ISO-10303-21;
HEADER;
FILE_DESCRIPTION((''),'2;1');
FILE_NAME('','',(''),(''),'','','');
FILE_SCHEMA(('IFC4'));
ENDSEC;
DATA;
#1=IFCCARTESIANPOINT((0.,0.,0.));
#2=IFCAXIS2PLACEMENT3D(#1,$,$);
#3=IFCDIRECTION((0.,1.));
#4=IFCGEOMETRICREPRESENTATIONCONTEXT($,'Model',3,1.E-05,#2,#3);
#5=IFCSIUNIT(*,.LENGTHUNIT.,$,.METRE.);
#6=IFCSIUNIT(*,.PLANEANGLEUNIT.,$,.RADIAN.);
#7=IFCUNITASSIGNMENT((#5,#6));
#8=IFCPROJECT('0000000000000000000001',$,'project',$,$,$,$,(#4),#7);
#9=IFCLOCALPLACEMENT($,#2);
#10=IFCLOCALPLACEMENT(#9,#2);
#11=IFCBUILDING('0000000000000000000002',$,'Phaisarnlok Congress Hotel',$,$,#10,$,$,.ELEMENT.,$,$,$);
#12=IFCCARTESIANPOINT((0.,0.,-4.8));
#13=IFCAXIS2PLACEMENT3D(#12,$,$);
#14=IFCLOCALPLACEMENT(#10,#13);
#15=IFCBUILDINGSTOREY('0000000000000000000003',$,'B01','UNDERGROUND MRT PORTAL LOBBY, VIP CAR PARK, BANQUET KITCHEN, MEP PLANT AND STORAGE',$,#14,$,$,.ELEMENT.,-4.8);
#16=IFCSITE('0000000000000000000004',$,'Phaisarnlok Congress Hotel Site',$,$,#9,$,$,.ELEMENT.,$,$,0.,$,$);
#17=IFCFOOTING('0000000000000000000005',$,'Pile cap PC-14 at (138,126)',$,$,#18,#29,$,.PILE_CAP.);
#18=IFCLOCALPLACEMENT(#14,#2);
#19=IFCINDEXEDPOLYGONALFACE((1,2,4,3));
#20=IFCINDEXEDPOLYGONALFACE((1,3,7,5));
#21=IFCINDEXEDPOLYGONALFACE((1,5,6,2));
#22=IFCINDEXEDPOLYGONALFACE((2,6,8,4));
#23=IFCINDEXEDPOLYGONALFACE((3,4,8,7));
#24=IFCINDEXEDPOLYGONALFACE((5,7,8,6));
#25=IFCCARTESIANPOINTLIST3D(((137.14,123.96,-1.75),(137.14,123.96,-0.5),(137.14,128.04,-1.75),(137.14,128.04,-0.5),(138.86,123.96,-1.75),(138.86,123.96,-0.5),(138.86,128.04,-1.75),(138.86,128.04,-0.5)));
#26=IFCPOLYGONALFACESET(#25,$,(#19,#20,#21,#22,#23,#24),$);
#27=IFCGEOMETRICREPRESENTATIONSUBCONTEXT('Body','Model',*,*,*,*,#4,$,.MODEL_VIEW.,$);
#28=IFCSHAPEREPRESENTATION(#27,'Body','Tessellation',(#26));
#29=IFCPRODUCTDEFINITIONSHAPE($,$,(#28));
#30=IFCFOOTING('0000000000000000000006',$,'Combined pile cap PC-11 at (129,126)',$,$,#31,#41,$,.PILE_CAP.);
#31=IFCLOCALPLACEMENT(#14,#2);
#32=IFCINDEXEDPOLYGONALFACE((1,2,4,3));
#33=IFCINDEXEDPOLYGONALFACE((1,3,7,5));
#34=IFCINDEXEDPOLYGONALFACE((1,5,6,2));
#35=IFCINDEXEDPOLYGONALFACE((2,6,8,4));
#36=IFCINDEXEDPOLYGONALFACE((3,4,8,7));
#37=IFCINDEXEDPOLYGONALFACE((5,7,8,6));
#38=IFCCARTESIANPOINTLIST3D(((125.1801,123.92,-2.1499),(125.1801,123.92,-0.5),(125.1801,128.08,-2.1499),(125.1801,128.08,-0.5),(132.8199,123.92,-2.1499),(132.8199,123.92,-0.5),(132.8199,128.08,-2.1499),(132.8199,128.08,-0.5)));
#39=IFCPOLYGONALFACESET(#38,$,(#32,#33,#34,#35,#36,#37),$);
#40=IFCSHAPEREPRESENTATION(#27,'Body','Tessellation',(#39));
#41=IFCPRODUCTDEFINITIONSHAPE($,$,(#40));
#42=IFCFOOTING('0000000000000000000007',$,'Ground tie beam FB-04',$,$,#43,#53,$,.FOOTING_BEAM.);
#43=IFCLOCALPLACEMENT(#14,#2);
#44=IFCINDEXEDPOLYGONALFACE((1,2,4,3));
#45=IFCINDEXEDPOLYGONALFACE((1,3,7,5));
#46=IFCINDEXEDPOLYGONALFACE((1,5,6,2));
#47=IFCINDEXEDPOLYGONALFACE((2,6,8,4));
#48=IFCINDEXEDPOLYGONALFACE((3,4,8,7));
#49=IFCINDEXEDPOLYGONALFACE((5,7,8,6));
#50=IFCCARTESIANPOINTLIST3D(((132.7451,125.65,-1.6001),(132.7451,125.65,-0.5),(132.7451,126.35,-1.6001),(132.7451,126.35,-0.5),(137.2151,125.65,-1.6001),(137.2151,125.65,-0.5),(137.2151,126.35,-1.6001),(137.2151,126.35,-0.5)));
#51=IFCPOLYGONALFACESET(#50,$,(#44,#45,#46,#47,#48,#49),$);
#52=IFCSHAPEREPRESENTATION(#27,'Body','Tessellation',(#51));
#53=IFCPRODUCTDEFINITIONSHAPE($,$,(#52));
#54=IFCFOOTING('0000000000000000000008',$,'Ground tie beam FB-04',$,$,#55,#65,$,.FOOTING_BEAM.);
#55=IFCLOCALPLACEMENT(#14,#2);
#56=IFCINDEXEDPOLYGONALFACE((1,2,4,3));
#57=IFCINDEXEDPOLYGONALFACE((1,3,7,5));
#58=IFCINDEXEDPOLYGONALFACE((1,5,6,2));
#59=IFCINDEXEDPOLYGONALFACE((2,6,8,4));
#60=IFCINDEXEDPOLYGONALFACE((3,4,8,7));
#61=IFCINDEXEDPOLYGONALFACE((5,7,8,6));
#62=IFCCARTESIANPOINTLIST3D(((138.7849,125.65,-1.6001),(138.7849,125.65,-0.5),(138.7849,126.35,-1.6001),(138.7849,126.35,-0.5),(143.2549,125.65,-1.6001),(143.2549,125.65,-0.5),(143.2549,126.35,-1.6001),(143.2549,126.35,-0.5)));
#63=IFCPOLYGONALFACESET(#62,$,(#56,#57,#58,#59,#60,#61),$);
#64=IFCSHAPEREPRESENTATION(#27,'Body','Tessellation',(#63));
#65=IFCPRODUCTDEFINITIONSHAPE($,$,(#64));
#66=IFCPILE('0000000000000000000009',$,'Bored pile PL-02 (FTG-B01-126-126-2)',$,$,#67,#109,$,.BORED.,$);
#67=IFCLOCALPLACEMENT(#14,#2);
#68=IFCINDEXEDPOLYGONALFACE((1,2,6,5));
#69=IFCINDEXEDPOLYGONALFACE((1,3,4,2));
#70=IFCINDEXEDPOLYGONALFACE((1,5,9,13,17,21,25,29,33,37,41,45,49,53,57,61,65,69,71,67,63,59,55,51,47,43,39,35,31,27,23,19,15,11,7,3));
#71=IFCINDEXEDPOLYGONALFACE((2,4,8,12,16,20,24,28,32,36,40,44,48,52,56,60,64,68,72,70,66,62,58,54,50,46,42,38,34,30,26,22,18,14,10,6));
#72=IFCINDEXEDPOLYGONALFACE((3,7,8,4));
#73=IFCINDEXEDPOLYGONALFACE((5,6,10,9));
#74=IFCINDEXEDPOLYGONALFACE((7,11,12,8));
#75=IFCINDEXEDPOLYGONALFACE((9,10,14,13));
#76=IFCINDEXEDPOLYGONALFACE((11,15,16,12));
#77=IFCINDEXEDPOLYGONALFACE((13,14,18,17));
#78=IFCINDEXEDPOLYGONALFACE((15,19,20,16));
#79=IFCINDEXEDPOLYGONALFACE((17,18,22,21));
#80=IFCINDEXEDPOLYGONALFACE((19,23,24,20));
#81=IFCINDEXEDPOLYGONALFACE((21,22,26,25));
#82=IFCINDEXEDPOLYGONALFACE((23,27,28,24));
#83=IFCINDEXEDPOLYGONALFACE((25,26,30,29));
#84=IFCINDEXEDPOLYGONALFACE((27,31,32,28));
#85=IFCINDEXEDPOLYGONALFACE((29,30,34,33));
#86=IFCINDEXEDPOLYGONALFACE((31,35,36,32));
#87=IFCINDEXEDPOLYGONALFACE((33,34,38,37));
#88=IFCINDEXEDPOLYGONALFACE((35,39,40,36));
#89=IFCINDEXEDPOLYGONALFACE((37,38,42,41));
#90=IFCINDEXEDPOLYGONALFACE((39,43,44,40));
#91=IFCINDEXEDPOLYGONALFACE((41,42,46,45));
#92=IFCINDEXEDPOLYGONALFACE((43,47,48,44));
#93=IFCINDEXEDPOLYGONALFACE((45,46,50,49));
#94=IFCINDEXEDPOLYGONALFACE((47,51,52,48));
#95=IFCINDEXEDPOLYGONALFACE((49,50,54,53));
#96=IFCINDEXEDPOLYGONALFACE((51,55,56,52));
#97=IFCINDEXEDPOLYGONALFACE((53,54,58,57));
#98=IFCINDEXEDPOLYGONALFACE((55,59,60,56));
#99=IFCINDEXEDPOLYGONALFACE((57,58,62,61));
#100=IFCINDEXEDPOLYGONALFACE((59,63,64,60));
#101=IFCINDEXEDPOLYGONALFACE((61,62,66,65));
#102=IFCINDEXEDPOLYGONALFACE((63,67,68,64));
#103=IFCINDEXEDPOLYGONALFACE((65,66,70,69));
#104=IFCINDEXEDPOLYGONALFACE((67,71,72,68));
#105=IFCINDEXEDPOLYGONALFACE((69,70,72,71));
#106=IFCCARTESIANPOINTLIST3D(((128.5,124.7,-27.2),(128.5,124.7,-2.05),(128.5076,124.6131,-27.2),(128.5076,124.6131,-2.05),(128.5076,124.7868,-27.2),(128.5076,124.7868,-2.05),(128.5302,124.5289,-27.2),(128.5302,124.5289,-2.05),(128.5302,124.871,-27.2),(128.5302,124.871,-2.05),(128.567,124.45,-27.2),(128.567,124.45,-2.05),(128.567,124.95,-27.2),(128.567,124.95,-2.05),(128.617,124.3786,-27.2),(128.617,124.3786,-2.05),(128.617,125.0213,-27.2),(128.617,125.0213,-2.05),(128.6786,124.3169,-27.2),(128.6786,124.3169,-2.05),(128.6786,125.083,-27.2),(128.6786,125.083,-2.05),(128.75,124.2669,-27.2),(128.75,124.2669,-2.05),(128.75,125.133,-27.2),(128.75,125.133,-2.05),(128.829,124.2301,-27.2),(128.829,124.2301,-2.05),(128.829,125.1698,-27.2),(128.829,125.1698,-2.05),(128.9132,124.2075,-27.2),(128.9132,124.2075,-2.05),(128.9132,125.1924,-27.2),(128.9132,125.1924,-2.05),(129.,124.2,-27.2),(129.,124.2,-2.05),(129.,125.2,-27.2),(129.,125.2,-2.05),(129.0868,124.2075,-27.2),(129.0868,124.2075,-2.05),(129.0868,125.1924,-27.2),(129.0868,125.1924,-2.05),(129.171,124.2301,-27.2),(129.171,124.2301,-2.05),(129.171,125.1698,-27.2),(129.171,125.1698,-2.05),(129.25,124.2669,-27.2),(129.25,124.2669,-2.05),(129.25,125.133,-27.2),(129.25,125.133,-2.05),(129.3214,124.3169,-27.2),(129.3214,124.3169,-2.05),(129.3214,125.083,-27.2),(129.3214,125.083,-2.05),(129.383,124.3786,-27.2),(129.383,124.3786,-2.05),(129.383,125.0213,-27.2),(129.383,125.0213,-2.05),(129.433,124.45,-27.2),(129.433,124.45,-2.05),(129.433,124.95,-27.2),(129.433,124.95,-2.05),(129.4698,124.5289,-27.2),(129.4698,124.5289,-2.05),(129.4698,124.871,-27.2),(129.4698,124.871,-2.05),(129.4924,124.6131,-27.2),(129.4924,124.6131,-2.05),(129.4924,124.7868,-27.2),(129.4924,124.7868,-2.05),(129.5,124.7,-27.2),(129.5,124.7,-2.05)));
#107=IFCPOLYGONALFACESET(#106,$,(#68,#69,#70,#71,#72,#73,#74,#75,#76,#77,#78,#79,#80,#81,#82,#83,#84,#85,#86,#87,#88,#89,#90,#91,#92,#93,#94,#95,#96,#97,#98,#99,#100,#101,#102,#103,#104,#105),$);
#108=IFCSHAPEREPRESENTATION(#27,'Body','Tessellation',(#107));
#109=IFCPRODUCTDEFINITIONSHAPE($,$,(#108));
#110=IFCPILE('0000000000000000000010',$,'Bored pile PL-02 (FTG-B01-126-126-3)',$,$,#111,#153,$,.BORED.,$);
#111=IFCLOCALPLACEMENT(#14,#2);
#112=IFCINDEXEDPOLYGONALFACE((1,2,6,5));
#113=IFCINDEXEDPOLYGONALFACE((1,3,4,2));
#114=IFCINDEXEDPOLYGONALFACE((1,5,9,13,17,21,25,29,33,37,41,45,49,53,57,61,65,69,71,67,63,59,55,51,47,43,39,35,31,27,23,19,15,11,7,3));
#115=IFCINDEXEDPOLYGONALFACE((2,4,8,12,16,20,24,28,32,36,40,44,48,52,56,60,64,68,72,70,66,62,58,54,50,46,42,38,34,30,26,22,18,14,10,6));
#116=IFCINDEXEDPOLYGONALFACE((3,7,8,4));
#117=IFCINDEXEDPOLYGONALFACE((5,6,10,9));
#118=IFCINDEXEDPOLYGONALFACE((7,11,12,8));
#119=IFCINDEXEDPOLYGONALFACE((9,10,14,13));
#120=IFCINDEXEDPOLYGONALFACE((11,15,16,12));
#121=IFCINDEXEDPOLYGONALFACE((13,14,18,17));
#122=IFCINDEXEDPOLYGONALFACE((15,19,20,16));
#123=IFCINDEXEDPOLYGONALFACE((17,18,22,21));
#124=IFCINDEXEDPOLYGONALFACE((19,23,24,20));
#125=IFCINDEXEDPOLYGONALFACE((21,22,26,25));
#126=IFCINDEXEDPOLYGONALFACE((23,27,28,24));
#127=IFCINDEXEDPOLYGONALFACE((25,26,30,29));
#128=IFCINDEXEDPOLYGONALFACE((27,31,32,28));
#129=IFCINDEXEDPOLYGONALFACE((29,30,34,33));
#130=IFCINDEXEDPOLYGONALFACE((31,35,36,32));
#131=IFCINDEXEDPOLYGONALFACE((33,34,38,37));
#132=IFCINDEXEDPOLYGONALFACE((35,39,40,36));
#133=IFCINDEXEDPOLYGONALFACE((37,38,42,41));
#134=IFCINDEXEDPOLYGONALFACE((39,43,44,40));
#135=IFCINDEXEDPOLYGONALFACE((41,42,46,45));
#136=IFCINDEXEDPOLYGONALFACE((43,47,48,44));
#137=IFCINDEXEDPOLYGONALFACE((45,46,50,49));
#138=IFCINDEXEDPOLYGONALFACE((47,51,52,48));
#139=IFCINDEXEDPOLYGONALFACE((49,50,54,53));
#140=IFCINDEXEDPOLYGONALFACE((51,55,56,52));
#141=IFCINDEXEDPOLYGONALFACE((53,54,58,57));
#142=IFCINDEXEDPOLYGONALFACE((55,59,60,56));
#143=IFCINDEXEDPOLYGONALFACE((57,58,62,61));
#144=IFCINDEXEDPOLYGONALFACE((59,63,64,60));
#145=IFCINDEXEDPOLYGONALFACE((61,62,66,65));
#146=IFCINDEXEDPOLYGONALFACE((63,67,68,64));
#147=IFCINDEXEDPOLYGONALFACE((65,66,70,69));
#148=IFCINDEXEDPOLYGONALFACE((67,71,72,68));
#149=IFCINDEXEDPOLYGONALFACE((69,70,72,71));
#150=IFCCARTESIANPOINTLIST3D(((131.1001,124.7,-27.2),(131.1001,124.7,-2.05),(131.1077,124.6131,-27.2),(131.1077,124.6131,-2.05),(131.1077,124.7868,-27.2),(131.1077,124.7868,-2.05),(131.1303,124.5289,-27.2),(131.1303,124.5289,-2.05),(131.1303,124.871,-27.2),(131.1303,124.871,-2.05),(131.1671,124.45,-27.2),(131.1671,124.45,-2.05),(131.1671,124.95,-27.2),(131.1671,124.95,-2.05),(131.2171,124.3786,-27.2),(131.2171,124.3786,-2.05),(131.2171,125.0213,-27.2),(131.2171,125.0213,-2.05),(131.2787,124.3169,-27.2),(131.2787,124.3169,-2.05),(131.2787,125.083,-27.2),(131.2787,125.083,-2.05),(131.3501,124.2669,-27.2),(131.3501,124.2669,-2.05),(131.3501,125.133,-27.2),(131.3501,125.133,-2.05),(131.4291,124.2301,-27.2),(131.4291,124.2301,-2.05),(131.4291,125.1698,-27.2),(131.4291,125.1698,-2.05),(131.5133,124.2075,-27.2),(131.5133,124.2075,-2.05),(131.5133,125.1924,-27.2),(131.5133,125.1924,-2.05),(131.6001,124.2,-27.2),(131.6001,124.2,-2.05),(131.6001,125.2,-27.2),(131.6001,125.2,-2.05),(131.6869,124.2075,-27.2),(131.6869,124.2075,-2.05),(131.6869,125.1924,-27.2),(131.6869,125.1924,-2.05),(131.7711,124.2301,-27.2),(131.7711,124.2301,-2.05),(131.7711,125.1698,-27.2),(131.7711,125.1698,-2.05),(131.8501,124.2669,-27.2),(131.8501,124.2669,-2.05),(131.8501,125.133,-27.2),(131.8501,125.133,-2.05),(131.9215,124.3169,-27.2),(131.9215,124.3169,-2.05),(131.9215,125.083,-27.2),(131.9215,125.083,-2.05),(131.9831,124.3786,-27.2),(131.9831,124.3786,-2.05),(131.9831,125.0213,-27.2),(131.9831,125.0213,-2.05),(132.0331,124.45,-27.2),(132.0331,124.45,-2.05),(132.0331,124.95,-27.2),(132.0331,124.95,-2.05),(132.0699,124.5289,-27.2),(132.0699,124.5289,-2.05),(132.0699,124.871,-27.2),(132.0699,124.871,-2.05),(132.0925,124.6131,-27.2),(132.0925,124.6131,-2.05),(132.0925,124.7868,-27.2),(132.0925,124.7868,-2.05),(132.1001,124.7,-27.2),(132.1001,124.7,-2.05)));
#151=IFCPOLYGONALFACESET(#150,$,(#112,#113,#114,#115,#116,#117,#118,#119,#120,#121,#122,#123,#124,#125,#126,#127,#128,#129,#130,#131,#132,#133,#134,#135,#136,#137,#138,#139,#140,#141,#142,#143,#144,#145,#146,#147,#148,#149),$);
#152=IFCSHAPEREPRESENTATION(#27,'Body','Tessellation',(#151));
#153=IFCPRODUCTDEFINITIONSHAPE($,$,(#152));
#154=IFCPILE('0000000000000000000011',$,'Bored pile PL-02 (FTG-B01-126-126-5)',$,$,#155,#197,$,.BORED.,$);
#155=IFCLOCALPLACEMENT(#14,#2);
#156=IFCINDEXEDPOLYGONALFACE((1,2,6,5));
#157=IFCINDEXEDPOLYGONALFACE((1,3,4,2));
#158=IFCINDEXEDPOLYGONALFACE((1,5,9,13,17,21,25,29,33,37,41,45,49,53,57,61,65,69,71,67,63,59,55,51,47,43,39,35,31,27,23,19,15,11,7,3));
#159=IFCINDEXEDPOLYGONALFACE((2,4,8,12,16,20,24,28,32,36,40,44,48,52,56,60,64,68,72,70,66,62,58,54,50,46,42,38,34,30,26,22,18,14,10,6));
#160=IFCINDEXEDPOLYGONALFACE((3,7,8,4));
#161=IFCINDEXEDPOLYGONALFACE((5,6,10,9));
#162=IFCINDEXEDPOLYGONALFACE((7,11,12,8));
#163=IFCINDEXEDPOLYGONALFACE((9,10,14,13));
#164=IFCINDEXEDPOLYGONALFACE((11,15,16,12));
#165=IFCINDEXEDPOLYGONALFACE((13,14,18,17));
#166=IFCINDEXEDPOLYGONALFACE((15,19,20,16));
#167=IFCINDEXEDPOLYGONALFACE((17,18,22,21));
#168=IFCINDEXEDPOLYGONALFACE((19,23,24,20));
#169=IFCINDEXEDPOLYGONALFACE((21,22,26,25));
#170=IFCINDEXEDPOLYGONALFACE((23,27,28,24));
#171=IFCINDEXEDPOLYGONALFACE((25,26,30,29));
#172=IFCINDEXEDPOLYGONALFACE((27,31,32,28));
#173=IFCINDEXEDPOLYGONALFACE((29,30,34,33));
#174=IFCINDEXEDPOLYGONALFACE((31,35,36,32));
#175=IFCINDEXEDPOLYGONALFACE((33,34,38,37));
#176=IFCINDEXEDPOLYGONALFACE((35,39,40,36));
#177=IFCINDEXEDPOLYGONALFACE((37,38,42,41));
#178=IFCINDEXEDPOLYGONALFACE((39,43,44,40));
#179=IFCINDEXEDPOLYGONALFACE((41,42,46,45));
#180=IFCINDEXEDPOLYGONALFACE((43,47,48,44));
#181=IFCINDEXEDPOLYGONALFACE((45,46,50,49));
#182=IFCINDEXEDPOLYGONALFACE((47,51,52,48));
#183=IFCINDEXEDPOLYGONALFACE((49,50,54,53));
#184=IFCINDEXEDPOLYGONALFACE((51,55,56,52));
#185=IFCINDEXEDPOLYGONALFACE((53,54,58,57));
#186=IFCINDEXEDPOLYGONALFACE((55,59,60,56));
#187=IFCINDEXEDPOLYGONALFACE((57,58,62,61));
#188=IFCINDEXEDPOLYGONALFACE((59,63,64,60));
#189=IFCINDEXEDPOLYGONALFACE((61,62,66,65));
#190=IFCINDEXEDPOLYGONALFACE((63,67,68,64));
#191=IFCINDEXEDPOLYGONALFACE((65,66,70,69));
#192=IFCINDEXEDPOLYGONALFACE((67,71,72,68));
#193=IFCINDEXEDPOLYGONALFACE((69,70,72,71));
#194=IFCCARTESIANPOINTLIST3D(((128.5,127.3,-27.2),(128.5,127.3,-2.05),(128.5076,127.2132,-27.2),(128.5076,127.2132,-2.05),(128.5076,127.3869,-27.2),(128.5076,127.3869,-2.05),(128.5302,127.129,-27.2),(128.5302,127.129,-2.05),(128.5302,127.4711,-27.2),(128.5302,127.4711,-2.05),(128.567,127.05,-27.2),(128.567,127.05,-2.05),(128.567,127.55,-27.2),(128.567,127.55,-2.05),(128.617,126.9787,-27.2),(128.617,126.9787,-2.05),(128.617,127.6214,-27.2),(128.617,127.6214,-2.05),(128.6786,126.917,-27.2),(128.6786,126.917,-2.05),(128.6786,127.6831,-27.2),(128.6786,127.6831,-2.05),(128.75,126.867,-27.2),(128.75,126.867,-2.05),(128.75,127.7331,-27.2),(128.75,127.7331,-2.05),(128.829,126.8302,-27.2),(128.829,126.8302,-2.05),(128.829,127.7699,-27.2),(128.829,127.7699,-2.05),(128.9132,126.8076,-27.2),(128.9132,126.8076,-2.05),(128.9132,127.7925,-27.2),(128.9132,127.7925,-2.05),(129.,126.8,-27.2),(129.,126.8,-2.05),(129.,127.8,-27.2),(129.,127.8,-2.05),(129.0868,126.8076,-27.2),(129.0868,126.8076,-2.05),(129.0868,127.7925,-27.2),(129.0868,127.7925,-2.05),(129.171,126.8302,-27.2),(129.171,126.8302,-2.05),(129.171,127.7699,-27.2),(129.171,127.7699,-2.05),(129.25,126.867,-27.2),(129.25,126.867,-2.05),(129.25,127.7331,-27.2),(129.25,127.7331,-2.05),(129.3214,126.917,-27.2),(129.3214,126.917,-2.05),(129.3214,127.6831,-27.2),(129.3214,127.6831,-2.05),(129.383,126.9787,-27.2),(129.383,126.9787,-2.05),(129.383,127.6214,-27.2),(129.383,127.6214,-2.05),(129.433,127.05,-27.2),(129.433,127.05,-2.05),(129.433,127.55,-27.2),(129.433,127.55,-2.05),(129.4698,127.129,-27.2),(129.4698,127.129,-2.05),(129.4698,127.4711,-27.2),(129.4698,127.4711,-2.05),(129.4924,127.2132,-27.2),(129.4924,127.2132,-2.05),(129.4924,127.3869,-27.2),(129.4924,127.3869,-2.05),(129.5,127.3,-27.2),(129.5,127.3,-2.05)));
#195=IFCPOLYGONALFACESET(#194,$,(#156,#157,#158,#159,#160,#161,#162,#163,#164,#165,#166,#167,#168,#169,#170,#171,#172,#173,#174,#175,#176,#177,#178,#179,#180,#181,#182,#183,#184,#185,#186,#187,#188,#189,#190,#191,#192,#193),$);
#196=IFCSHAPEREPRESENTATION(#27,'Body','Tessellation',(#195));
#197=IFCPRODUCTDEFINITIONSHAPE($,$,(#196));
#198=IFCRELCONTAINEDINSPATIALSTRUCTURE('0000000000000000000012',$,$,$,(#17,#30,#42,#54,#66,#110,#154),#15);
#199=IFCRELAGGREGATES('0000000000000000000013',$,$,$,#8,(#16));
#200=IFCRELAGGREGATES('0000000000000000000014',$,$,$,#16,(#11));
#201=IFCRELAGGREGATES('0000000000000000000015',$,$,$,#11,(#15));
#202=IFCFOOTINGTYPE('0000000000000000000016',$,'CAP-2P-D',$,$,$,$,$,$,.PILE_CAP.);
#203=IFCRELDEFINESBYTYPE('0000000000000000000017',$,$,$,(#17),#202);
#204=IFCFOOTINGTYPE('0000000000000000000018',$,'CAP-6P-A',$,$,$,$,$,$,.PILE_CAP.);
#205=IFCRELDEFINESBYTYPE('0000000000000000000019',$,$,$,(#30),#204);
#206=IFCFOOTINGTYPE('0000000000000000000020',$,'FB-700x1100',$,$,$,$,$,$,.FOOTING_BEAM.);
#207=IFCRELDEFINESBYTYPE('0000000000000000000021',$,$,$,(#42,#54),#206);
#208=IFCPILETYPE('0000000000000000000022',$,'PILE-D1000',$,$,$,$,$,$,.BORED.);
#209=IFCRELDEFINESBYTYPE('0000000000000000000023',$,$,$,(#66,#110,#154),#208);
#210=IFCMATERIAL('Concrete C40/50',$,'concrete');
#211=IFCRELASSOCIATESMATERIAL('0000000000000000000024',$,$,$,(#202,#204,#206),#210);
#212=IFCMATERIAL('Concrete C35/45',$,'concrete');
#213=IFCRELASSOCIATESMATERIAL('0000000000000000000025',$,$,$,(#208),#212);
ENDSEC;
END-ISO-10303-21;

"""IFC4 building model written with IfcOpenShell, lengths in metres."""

from ifc_helpers import new_model, si_unit, direction, frame, origin, origin_2d, place, context, subcontext, project, spatial, rectangle, circle, extrude, material, material_profile, profile_set, type_object, element, save


model = new_model("IFC4")

# Units and contexts
model_context = context("Model", 3, precision=1e-05, world=origin(), true_north=direction((0.0, 1.0)))
body_context = subcontext(model_context, "Body", "Model", "MODEL_VIEW")
ifc_project = project(units=[si_unit("LENGTHUNIT", "METRE"), si_unit("PLANEANGLEUNIT", "RADIAN")], contexts=[model_context])

# Site, building, storey
site_placement = place(None, origin())
site = spatial("IfcSite", under=ifc_project, at=site_placement, Name="Phaisarnlok Congress Hotel Site", CompositionType="ELEMENT", RefElevation=0.0)
building_placement = place(site_placement, origin())
building = spatial("IfcBuilding", under=site, at=building_placement, Name="Phaisarnlok Congress Hotel", CompositionType="ELEMENT")
storey_placement = place(building_placement, frame((0.0, 0.0, -4.8)))
storey = spatial("IfcBuildingStorey", under=building, at=storey_placement, Name="B01", Description="UNDERGROUND MRT PORTAL LOBBY, VIP CAR PARK, BANQUET KITCHEN, MEP PLANT AND STORAGE", CompositionType="ELEMENT", Elevation=-4.8)

# Footings
ifc_material_1 = material(Name="Concrete C40/50", Category="concrete")
footing_type_1 = type_object("IfcFootingType", Name="CAP-2P-D", PredefinedType="PILE_CAP", material=ifc_material_1)
footing_1_placement = place(storey_placement, frame((138.0, 126.0, -1.75), z_axis=(0.0, 0.0, 1.0), x_axis=(1.0, 0.0, 0.0)))
element("IfcFooting", 1, at=footing_1_placement, inside=storey, type_object=footing_type_1, Name="Pile cap PC-14 at (138,126)", PredefinedType="PILE_CAP", context=body_context, shape_type="SweptSolid", body=[
    extrude(rectangle(XDim=1.72, YDim=4.0801, at=origin_2d()), origin(), (0.0, 0.0, 1.0), 1.25),
])
footing_type_2 = type_object("IfcFootingType", Name="CAP-6P-A", PredefinedType="PILE_CAP", material=ifc_material_1)
footing_2_placement = place(storey_placement, frame((129.0, 126.0, -2.1499), z_axis=(0.0, 0.0, 1.0), x_axis=(1.0, 0.0, 0.0)))
element("IfcFooting", 2, at=footing_2_placement, inside=storey, type_object=footing_type_2, Name="Combined pile cap PC-11 at (129,126)", PredefinedType="PILE_CAP", context=body_context, shape_type="SweptSolid", body=[
    extrude(rectangle(XDim=7.6399, YDim=4.1599, at=origin_2d()), origin(), (0.0, 0.0, 1.0), 1.6499),
])
ifc_material_profile_1 = material_profile(ifc_material_1, rectangle(XDim=0.7, YDim=1.1001, at=origin_2d()), Name="FB-700x1100")
ifc_profile_set_1 = profile_set([ifc_material_profile_1], Name="Concrete C40/50")
footing_type_3 = type_object("IfcFootingType", Name="FB-700x1100", PredefinedType="FOOTING_BEAM", material=ifc_profile_set_1)
for number, where, z_axis, x_axis, name in (
    (3, (132.7451, 126.0, -1.05), (1.0, 0.0, 0.0), (0.0, 1.0, 0.0), "Ground tie beam FB-04"),
    (4, (138.7849, 126.0, -1.05), (1.0, 0.0, 0.0), (0.0, 1.0, 0.0), "Ground tie beam FB-04"),
):
    element("IfcFooting", number, at=place(storey_placement, frame(where, z_axis=z_axis, x_axis=x_axis)), inside=storey, type_object=footing_type_3, Name=name, PredefinedType="FOOTING_BEAM", context=body_context, shape_type="SweptSolid", body=[
        extrude(rectangle(XDim=0.7, YDim=1.1001, at=origin_2d()), origin(), (0.0, 0.0, 1.0), 4.47),
    ])

# Piles
ifc_material_2 = material(Name="Concrete C35/45", Category="concrete")
ifc_material_profile_2 = material_profile(ifc_material_2, circle(Radius=0.5, at=origin_2d()), Name="BORED PILE D1000")
ifc_profile_set_2 = profile_set([ifc_material_profile_2], Name="Concrete C35/45")
pile_type_1 = type_object("IfcPileType", Name="PILE-D1000", PredefinedType="BORED", material=ifc_profile_set_2)
for number, where, z_axis, x_axis, name in (
    (5, (129.0, 124.7, -2.05), (0.0, 0.0, -1.0), (1.0, 0.0, 0.0), "Bored pile PL-02 (FTG-B01-126-126-2)"),
    (6, (131.6001, 124.7, -2.05), (0.0, 0.0, -1.0), (1.0, 0.0, 0.0), "Bored pile PL-02 (FTG-B01-126-126-3)"),
    (7, (129.0, 127.3, -2.05), (0.0, 0.0, -1.0), (1.0, 0.0, 0.0), "Bored pile PL-02 (FTG-B01-126-126-5)"),
):
    element("IfcPile", number, at=place(storey_placement, frame(where, z_axis=z_axis, x_axis=x_axis)), inside=storey, type_object=pile_type_1, Name=name, PredefinedType="BORED", context=body_context, shape_type="SweptSolid", body=[
        extrude(circle(Radius=0.5, at=origin_2d()), origin(), (0.0, 0.0, 1.0), 25.1499),
    ])

save(model, "model.ifc")
